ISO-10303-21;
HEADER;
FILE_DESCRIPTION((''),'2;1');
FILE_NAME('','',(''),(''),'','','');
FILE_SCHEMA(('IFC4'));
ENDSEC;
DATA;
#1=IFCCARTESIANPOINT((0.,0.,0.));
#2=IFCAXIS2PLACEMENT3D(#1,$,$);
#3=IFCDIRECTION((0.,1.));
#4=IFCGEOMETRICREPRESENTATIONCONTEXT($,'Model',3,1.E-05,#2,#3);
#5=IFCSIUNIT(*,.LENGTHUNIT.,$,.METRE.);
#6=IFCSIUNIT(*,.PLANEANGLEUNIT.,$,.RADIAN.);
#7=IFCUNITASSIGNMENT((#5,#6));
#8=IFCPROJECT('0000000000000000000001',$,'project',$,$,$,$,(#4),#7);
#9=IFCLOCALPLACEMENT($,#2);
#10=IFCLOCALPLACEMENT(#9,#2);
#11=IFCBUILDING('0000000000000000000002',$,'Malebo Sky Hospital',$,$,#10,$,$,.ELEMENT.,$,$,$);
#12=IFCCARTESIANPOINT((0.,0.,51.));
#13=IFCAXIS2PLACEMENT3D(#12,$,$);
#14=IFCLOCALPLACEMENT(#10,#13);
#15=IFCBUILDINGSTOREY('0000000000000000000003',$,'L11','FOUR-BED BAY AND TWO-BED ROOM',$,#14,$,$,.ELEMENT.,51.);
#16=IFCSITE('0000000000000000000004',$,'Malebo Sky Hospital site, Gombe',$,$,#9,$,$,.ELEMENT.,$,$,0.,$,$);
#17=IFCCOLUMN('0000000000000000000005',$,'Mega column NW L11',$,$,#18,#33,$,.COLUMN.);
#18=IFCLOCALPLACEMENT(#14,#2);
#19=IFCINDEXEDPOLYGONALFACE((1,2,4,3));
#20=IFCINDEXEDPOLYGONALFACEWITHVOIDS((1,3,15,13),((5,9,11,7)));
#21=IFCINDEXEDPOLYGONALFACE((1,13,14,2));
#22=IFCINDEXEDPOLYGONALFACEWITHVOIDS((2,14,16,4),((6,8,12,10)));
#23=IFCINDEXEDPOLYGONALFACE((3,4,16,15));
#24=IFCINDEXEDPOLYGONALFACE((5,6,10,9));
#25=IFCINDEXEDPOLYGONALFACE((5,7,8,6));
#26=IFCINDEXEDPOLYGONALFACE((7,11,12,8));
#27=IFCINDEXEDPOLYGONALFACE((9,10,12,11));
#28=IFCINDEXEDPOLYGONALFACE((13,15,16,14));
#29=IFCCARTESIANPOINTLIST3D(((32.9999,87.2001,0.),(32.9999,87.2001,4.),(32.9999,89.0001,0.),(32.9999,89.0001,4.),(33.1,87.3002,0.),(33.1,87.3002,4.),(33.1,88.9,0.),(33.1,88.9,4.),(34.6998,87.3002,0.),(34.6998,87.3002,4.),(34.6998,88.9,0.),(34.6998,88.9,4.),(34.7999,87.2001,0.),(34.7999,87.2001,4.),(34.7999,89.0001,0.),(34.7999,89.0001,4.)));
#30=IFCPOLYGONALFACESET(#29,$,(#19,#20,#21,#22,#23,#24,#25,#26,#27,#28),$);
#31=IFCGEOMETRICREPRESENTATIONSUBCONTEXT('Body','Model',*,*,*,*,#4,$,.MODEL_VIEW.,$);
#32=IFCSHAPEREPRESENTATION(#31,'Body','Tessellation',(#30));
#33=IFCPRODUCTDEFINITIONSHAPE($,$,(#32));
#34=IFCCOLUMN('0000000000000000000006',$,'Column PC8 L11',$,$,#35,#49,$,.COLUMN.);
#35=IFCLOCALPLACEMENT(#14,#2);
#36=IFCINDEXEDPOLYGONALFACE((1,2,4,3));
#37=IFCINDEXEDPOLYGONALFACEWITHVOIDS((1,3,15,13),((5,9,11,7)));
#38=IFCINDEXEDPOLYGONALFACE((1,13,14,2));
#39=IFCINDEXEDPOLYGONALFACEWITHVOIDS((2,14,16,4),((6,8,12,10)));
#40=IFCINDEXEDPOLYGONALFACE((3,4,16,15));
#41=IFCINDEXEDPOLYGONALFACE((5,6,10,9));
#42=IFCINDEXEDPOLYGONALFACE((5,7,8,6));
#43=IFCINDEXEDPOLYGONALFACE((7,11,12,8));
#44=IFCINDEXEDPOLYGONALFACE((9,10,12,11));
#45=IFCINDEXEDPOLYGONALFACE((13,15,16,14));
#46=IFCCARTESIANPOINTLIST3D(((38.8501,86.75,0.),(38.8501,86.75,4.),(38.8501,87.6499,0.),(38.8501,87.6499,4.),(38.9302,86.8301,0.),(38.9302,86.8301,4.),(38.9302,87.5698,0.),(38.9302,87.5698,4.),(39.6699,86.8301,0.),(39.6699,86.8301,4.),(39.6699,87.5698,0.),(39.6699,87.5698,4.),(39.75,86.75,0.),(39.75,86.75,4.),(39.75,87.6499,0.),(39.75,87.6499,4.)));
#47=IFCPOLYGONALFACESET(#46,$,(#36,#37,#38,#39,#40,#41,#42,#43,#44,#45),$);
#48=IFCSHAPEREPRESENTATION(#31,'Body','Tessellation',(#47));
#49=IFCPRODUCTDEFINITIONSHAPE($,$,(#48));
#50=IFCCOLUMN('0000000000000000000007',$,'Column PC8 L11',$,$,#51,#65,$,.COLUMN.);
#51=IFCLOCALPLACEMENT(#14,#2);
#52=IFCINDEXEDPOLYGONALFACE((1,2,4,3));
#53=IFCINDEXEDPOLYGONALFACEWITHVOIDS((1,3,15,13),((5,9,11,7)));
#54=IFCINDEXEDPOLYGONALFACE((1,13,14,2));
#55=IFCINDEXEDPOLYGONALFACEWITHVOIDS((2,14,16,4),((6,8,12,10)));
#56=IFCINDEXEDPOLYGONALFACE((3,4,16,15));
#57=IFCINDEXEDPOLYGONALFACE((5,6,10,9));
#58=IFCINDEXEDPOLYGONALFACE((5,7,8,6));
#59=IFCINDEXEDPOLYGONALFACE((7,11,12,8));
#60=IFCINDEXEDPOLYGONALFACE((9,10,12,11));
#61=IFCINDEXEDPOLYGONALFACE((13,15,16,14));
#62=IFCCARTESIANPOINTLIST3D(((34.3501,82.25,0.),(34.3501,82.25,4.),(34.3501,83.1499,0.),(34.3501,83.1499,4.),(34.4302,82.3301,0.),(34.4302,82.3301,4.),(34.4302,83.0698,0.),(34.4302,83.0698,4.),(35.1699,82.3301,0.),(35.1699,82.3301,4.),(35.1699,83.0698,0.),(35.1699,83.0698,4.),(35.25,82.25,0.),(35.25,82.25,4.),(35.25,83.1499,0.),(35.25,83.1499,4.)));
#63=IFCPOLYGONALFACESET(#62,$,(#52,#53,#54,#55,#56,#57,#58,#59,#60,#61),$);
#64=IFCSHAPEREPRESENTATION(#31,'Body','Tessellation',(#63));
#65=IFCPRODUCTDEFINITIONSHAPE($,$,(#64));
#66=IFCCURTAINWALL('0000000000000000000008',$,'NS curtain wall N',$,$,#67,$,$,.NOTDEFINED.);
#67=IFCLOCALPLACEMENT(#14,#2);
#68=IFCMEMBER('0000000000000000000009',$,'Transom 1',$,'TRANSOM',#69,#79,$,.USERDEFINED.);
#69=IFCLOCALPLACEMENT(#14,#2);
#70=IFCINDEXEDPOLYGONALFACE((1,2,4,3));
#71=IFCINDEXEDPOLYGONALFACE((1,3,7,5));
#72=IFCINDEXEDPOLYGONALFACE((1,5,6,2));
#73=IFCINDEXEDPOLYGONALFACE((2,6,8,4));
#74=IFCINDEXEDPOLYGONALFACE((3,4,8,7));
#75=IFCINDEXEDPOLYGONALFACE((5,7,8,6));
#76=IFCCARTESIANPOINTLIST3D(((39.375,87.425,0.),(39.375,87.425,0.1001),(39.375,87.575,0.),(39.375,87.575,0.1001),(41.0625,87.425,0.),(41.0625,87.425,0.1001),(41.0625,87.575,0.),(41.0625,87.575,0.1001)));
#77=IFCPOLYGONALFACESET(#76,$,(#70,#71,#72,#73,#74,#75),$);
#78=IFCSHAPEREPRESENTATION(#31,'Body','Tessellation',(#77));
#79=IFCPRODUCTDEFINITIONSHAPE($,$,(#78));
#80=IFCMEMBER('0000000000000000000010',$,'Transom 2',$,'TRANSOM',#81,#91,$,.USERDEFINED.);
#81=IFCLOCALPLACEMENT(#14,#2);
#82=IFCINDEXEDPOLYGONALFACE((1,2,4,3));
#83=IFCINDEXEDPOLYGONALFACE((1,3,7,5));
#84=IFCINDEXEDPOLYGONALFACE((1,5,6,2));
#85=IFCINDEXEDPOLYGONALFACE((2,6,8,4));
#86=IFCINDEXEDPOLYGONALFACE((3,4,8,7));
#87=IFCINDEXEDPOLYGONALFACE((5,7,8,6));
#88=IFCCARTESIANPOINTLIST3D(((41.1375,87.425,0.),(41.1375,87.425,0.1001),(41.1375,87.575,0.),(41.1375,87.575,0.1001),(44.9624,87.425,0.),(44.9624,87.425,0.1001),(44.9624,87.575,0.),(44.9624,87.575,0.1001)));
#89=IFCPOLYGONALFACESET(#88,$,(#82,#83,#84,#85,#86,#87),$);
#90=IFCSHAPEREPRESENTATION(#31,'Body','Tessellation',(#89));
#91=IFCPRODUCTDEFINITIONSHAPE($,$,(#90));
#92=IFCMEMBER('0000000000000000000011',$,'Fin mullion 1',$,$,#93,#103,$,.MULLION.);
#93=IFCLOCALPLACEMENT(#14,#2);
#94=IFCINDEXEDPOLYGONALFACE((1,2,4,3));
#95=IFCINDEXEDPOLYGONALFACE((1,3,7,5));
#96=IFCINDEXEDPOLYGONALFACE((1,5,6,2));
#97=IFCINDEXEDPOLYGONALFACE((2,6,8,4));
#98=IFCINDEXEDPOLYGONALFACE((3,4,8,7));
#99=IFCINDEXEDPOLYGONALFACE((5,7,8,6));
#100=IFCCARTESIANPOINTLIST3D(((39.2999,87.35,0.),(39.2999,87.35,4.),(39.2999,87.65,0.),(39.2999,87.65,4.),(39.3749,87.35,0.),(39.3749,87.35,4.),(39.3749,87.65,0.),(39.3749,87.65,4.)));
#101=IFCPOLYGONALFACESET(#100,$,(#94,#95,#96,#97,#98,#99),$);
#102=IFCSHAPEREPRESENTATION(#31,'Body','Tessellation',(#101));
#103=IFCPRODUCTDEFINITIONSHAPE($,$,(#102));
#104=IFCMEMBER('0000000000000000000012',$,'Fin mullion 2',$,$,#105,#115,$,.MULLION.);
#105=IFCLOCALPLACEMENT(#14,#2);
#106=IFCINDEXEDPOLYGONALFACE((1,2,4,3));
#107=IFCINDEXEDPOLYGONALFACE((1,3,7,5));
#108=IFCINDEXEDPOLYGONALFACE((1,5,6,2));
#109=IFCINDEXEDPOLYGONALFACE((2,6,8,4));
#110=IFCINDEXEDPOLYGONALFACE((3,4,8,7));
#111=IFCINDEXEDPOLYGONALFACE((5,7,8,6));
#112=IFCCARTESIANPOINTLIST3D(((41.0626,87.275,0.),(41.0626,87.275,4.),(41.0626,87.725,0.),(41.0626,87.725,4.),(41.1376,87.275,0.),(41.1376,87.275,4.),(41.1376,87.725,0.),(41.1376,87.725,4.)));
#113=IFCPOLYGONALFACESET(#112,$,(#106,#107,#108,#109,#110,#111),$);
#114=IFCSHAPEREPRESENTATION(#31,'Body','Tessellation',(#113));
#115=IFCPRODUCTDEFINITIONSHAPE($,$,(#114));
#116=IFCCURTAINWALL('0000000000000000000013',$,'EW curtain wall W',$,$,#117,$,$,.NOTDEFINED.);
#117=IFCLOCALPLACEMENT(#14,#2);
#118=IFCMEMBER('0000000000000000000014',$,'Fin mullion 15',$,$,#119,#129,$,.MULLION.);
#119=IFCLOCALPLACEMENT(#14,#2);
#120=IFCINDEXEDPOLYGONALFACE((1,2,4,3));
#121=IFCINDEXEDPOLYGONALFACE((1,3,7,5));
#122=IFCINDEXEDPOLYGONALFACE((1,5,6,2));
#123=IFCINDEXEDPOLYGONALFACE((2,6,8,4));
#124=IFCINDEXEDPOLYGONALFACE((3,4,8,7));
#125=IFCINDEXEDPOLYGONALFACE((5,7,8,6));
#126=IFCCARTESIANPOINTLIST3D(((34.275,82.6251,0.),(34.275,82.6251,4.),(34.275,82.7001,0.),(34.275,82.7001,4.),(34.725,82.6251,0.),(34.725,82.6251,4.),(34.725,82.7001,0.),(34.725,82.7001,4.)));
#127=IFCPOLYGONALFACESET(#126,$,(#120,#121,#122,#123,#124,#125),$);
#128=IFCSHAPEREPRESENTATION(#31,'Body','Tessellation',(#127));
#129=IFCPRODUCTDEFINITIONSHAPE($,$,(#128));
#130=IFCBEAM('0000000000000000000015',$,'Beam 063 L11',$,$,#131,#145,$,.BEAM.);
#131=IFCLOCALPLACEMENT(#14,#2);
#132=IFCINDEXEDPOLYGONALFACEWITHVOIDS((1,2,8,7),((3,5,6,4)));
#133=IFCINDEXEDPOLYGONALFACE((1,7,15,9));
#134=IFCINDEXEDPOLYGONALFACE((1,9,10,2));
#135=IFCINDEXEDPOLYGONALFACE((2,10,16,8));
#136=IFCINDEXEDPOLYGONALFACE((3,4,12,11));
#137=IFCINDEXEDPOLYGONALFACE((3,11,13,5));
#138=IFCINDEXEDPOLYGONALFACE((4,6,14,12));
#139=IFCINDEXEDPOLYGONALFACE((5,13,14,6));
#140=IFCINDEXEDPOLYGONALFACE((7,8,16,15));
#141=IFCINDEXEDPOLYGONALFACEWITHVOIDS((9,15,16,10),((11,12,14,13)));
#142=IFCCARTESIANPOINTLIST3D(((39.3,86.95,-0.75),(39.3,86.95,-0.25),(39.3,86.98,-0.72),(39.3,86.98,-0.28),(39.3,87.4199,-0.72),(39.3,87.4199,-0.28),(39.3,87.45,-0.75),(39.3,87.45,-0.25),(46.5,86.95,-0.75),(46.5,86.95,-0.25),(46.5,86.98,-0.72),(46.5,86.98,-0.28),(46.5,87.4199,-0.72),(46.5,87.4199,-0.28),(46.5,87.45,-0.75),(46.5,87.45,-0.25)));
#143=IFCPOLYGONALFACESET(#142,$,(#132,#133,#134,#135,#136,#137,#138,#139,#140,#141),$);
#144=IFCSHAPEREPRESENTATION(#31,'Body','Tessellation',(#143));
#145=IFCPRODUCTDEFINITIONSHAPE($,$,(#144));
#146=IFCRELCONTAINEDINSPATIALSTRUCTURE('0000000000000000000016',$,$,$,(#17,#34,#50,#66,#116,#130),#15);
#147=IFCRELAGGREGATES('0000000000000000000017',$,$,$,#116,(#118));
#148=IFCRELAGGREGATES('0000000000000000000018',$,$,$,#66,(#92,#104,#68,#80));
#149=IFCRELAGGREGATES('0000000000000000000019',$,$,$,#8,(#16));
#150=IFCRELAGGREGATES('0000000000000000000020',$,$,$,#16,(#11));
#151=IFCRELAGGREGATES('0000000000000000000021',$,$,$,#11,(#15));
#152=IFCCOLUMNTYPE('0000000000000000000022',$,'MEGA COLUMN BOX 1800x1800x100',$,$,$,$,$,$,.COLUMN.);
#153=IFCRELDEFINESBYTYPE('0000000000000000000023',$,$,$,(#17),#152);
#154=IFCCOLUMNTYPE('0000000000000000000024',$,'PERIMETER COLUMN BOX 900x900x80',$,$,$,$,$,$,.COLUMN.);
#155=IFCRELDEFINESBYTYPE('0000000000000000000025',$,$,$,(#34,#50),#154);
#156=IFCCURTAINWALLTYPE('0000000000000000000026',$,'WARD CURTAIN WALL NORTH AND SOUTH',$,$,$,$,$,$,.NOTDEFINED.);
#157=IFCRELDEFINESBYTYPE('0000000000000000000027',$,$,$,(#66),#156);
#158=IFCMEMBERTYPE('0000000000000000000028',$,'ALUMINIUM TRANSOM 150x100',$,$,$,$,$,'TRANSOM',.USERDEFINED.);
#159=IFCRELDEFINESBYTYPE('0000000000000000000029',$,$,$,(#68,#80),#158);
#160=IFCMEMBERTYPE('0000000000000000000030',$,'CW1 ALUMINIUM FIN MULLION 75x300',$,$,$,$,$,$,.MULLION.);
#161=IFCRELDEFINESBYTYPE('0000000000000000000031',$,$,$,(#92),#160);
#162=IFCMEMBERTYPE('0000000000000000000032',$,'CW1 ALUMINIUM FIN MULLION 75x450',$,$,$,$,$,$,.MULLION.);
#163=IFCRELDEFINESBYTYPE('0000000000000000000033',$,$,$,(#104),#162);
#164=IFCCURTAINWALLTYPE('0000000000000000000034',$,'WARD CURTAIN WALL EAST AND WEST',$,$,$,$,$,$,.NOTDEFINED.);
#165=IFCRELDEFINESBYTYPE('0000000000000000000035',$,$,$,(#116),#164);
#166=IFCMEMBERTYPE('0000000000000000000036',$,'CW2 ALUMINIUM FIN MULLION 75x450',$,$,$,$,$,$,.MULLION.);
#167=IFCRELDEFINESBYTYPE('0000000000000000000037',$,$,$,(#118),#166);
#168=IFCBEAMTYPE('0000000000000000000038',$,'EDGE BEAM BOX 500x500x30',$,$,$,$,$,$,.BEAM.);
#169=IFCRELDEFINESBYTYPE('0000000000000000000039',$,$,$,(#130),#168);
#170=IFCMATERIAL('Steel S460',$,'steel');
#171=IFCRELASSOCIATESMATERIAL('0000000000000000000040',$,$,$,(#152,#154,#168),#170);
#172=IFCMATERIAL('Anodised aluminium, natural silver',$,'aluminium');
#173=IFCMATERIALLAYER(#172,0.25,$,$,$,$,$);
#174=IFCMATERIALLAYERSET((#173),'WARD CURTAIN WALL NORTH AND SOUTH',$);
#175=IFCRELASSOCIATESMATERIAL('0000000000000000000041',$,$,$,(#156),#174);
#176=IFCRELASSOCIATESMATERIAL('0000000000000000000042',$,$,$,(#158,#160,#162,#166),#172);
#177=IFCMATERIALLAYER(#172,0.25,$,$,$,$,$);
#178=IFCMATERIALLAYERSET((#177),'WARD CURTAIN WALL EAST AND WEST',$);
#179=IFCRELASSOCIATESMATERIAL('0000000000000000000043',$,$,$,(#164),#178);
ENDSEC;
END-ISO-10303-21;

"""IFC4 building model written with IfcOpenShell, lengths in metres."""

from ifc_helpers import new_model, si_unit, direction, frame, origin, origin_2d, place, context, subcontext, project, spatial, rectangle, hollow_rectangle, extrude, material, layer, layer_set, material_profile, profile_set, type_object, element, aggregate, save


model = new_model("IFC4")

# Units and contexts
model_context = context("Model", 3, precision=1e-05, world=origin(), true_north=direction((0.0, 1.0)))
body_context = subcontext(model_context, "Body", "Model", "MODEL_VIEW")
ifc_project = project(units=[si_unit("LENGTHUNIT", "METRE"), si_unit("PLANEANGLEUNIT", "RADIAN")], contexts=[model_context])

# Site, building, storey
site_placement = place(None, origin())
site = spatial("IfcSite", under=ifc_project, at=site_placement, Name="Malebo Sky Hospital site, Gombe", CompositionType="ELEMENT", RefElevation=0.0)
building_placement = place(site_placement, origin())
building = spatial("IfcBuilding", under=site, at=building_placement, Name="Malebo Sky Hospital", CompositionType="ELEMENT")
storey_placement = place(building_placement, frame((0.0, 0.0, 51.0)))
storey = spatial("IfcBuildingStorey", under=building, at=storey_placement, Name="L11", Description="FOUR-BED BAY AND TWO-BED ROOM", CompositionType="ELEMENT", Elevation=51.0)

# Columns
ifc_material_1 = material(Name="Steel S460", Category="steel")
ifc_material_profile_1 = material_profile(ifc_material_1, hollow_rectangle(XDim=1.8, YDim=1.8, WallThickness=0.1001, at=origin_2d()), Name="BOX 1800x1800x100")
ifc_profile_set_1 = profile_set([ifc_material_profile_1], Name="Steel S460")
column_type_1 = type_object("IfcColumnType", Name="MEGA COLUMN BOX 1800x1800x100", PredefinedType="COLUMN", material=ifc_profile_set_1)
column_placement = place(storey_placement, frame((33.8999, 88.1001, 0.0), z_axis=(0.0, 0.0, 1.0), x_axis=(1.0, 0.0, 0.0)))
element("IfcColumn", 1, at=column_placement, inside=storey, type_object=column_type_1, Name="Mega column NW L11", PredefinedType="COLUMN", context=body_context, shape_type="SweptSolid", body=[
    extrude(hollow_rectangle(XDim=1.8, YDim=1.8, WallThickness=0.1001, at=origin_2d()), origin(), (0.0, 0.0, 1.0), 4.0),
])
ifc_material_profile_2 = material_profile(ifc_material_1, hollow_rectangle(XDim=0.8999, YDim=0.8999, WallThickness=0.0801, at=origin_2d()), Name="BOX 900x900x80")
ifc_profile_set_2 = profile_set([ifc_material_profile_2], Name="Steel S460")
column_type_2 = type_object("IfcColumnType", Name="PERIMETER COLUMN BOX 900x900x80", PredefinedType="COLUMN", material=ifc_profile_set_2)
for number, where, z_axis, x_axis, name in (
    (2, (39.3, 87.2, 0.0), (0.0, 0.0, 1.0), (1.0, 0.0, 0.0), "Column PC8 L11"),
    (3, (34.8, 82.7, 0.0), (0.0, 0.0, 1.0), (1.0, 0.0, 0.0), "Column PC8 L11"),
):
    element("IfcColumn", number, at=place(storey_placement, frame(where, z_axis=z_axis, x_axis=x_axis)), inside=storey, type_object=column_type_2, Name=name, PredefinedType="COLUMN", context=body_context, shape_type="SweptSolid", body=[
        extrude(hollow_rectangle(XDim=0.8999, YDim=0.8999, WallThickness=0.0801, at=origin_2d()), origin(), (0.0, 0.0, 1.0), 4.0),
    ])

# Curtain wall, members
ifc_material_2 = material(Name="Anodised aluminium, natural silver", Category="aluminium")
ifc_layer_1 = layer(ifc_material_2, 0.25)
ifc_layer_set_1 = layer_set([ifc_layer_1], Name="WARD CURTAIN WALL NORTH AND SOUTH")
curtain_wall_type_1 = type_object("IfcCurtainWallType", Name="WARD CURTAIN WALL NORTH AND SOUTH", PredefinedType="NOTDEFINED", material=ifc_layer_set_1)
curtain_wall_1_placement = place(storey_placement, origin())
curtain_wall_1 = element("IfcCurtainWall", 4, at=curtain_wall_1_placement, inside=storey, type_object=curtain_wall_type_1, Name="NS curtain wall N", PredefinedType="NOTDEFINED")
ifc_material_profile_3 = material_profile(ifc_material_2, rectangle(XDim=0.1499, YDim=0.1001, at=origin_2d()), Name="ALUMINIUM TRANSOM 150x100")
ifc_profile_set_3 = profile_set([ifc_material_profile_3], Name="Anodised aluminium, natural silver")
member_type_1 = type_object("IfcMemberType", Name="ALUMINIUM TRANSOM 150x100", ElementType="TRANSOM", PredefinedType="USERDEFINED", material=ifc_profile_set_3)
member_1_placement = place(storey_placement, frame((39.375, 87.5, 0.05), z_axis=(1.0, 0.0, 0.0), x_axis=(0.0, 1.0, 0.0)))
member_1 = element("IfcMember", 5, at=member_1_placement, type_object=member_type_1, Name="Transom 1", ObjectType="TRANSOM", PredefinedType="USERDEFINED", context=body_context, shape_type="SweptSolid", body=[
    extrude(rectangle(XDim=0.1499, YDim=0.1001, at=origin_2d()), origin(), (0.0, 0.0, 1.0), 1.6875),
])
member_2_placement = place(storey_placement, frame((41.1375, 87.5, 0.05), z_axis=(1.0, 0.0, 0.0), x_axis=(0.0, 1.0, 0.0)))
member_2 = element("IfcMember", 6, at=member_2_placement, type_object=member_type_1, Name="Transom 2", ObjectType="TRANSOM", PredefinedType="USERDEFINED", context=body_context, shape_type="SweptSolid", body=[
    extrude(rectangle(XDim=0.1499, YDim=0.1001, at=origin_2d()), origin(), (0.0, 0.0, 1.0), 3.825),
])
ifc_material_profile_4 = material_profile(ifc_material_2, rectangle(XDim=0.075, YDim=0.3, at=origin_2d()), Name="CW1 ALUMINIUM FIN MULLION 75x300")
ifc_profile_set_4 = profile_set([ifc_material_profile_4], Name="Anodised aluminium, natural silver")
member_type_2 = type_object("IfcMemberType", Name="CW1 ALUMINIUM FIN MULLION 75x300", PredefinedType="MULLION", material=ifc_profile_set_4)
member_3_placement = place(storey_placement, frame((39.3374, 87.5, 0.0), z_axis=(0.0, 0.0, 1.0), x_axis=(1.0, 0.0, 0.0)))
member_3 = element("IfcMember", 7, at=member_3_placement, type_object=member_type_2, Name="Fin mullion 1", PredefinedType="MULLION", context=body_context, shape_type="SweptSolid", body=[
    extrude(rectangle(XDim=0.075, YDim=0.3, at=origin_2d()), origin(), (0.0, 0.0, 1.0), 4.0),
])
ifc_material_profile_5 = material_profile(ifc_material_2, rectangle(XDim=0.075, YDim=0.45, at=origin_2d()), Name="CW1 ALUMINIUM FIN MULLION 75x450")
ifc_profile_set_5 = profile_set([ifc_material_profile_5], Name="Anodised aluminium, natural silver")
member_type_3 = type_object("IfcMemberType", Name="CW1 ALUMINIUM FIN MULLION 75x450", PredefinedType="MULLION", material=ifc_profile_set_5)
member_4_placement = place(storey_placement, frame((41.1001, 87.5, 0.0), z_axis=(0.0, 0.0, 1.0), x_axis=(1.0, 0.0, 0.0)))
member_4 = element("IfcMember", 8, at=member_4_placement, type_object=member_type_3, Name="Fin mullion 2", PredefinedType="MULLION", context=body_context, shape_type="SweptSolid", body=[
    extrude(rectangle(XDim=0.075, YDim=0.45, at=origin_2d()), origin(), (0.0, 0.0, 1.0), 4.0),
])

# Curtain wall, member
ifc_layer_2 = layer(ifc_material_2, 0.25)
ifc_layer_set_2 = layer_set([ifc_layer_2], Name="WARD CURTAIN WALL EAST AND WEST")
curtain_wall_type_2 = type_object("IfcCurtainWallType", Name="WARD CURTAIN WALL EAST AND WEST", PredefinedType="NOTDEFINED", material=ifc_layer_set_2)
curtain_wall_2_placement = place(storey_placement, origin())
curtain_wall_2 = element("IfcCurtainWall", 9, at=curtain_wall_2_placement, inside=storey, type_object=curtain_wall_type_2, Name="EW curtain wall W", PredefinedType="NOTDEFINED")
ifc_material_profile_6 = material_profile(ifc_material_2, rectangle(XDim=0.075, YDim=0.45, at=origin_2d()), Name="CW2 ALUMINIUM FIN MULLION 75x450")
ifc_profile_set_6 = profile_set([ifc_material_profile_6], Name="Anodised aluminium, natural silver")
member_type_4 = type_object("IfcMemberType", Name="CW2 ALUMINIUM FIN MULLION 75x450", PredefinedType="MULLION", material=ifc_profile_set_6)
member_5_placement = place(storey_placement, frame((34.5, 82.6626, 0.0), z_axis=(0.0, 0.0, 1.0), x_axis=(0.0, 1.0, 0.0)))
member_5 = element("IfcMember", 10, at=member_5_placement, type_object=member_type_4, Name="Fin mullion 15", PredefinedType="MULLION", context=body_context, shape_type="SweptSolid", body=[
    extrude(rectangle(XDim=0.075, YDim=0.45, at=origin_2d()), origin(), (0.0, 0.0, 1.0), 4.0),
])
aggregate(curtain_wall_2, [member_5])

# Beam
ifc_material_profile_7 = material_profile(ifc_material_1, hollow_rectangle(XDim=0.5, YDim=0.5, WallThickness=0.03, at=origin_2d()), Name="BOX 500x500x30")
ifc_profile_set_7 = profile_set([ifc_material_profile_7], Name="Steel S460")
beam_type_1 = type_object("IfcBeamType", Name="EDGE BEAM BOX 500x500x30", PredefinedType="BEAM", material=ifc_profile_set_7)
beam_1_placement = place(storey_placement, frame((39.3, 87.2, -0.5), z_axis=(1.0, 0.0, 0.0), x_axis=(0.0, 1.0, 0.0)))
element("IfcBeam", 11, at=beam_1_placement, inside=storey, type_object=beam_type_1, Name="Beam 063 L11", PredefinedType="BEAM", context=body_context, shape_type="SweptSolid", body=[
    extrude(hollow_rectangle(XDim=0.5, YDim=0.5, WallThickness=0.03, at=origin_2d()), origin(), (0.0, 0.0, 1.0), 7.2),
])

aggregate(curtain_wall_1, [member_3, member_4, member_1, member_2])

save(model, "model.ifc")
